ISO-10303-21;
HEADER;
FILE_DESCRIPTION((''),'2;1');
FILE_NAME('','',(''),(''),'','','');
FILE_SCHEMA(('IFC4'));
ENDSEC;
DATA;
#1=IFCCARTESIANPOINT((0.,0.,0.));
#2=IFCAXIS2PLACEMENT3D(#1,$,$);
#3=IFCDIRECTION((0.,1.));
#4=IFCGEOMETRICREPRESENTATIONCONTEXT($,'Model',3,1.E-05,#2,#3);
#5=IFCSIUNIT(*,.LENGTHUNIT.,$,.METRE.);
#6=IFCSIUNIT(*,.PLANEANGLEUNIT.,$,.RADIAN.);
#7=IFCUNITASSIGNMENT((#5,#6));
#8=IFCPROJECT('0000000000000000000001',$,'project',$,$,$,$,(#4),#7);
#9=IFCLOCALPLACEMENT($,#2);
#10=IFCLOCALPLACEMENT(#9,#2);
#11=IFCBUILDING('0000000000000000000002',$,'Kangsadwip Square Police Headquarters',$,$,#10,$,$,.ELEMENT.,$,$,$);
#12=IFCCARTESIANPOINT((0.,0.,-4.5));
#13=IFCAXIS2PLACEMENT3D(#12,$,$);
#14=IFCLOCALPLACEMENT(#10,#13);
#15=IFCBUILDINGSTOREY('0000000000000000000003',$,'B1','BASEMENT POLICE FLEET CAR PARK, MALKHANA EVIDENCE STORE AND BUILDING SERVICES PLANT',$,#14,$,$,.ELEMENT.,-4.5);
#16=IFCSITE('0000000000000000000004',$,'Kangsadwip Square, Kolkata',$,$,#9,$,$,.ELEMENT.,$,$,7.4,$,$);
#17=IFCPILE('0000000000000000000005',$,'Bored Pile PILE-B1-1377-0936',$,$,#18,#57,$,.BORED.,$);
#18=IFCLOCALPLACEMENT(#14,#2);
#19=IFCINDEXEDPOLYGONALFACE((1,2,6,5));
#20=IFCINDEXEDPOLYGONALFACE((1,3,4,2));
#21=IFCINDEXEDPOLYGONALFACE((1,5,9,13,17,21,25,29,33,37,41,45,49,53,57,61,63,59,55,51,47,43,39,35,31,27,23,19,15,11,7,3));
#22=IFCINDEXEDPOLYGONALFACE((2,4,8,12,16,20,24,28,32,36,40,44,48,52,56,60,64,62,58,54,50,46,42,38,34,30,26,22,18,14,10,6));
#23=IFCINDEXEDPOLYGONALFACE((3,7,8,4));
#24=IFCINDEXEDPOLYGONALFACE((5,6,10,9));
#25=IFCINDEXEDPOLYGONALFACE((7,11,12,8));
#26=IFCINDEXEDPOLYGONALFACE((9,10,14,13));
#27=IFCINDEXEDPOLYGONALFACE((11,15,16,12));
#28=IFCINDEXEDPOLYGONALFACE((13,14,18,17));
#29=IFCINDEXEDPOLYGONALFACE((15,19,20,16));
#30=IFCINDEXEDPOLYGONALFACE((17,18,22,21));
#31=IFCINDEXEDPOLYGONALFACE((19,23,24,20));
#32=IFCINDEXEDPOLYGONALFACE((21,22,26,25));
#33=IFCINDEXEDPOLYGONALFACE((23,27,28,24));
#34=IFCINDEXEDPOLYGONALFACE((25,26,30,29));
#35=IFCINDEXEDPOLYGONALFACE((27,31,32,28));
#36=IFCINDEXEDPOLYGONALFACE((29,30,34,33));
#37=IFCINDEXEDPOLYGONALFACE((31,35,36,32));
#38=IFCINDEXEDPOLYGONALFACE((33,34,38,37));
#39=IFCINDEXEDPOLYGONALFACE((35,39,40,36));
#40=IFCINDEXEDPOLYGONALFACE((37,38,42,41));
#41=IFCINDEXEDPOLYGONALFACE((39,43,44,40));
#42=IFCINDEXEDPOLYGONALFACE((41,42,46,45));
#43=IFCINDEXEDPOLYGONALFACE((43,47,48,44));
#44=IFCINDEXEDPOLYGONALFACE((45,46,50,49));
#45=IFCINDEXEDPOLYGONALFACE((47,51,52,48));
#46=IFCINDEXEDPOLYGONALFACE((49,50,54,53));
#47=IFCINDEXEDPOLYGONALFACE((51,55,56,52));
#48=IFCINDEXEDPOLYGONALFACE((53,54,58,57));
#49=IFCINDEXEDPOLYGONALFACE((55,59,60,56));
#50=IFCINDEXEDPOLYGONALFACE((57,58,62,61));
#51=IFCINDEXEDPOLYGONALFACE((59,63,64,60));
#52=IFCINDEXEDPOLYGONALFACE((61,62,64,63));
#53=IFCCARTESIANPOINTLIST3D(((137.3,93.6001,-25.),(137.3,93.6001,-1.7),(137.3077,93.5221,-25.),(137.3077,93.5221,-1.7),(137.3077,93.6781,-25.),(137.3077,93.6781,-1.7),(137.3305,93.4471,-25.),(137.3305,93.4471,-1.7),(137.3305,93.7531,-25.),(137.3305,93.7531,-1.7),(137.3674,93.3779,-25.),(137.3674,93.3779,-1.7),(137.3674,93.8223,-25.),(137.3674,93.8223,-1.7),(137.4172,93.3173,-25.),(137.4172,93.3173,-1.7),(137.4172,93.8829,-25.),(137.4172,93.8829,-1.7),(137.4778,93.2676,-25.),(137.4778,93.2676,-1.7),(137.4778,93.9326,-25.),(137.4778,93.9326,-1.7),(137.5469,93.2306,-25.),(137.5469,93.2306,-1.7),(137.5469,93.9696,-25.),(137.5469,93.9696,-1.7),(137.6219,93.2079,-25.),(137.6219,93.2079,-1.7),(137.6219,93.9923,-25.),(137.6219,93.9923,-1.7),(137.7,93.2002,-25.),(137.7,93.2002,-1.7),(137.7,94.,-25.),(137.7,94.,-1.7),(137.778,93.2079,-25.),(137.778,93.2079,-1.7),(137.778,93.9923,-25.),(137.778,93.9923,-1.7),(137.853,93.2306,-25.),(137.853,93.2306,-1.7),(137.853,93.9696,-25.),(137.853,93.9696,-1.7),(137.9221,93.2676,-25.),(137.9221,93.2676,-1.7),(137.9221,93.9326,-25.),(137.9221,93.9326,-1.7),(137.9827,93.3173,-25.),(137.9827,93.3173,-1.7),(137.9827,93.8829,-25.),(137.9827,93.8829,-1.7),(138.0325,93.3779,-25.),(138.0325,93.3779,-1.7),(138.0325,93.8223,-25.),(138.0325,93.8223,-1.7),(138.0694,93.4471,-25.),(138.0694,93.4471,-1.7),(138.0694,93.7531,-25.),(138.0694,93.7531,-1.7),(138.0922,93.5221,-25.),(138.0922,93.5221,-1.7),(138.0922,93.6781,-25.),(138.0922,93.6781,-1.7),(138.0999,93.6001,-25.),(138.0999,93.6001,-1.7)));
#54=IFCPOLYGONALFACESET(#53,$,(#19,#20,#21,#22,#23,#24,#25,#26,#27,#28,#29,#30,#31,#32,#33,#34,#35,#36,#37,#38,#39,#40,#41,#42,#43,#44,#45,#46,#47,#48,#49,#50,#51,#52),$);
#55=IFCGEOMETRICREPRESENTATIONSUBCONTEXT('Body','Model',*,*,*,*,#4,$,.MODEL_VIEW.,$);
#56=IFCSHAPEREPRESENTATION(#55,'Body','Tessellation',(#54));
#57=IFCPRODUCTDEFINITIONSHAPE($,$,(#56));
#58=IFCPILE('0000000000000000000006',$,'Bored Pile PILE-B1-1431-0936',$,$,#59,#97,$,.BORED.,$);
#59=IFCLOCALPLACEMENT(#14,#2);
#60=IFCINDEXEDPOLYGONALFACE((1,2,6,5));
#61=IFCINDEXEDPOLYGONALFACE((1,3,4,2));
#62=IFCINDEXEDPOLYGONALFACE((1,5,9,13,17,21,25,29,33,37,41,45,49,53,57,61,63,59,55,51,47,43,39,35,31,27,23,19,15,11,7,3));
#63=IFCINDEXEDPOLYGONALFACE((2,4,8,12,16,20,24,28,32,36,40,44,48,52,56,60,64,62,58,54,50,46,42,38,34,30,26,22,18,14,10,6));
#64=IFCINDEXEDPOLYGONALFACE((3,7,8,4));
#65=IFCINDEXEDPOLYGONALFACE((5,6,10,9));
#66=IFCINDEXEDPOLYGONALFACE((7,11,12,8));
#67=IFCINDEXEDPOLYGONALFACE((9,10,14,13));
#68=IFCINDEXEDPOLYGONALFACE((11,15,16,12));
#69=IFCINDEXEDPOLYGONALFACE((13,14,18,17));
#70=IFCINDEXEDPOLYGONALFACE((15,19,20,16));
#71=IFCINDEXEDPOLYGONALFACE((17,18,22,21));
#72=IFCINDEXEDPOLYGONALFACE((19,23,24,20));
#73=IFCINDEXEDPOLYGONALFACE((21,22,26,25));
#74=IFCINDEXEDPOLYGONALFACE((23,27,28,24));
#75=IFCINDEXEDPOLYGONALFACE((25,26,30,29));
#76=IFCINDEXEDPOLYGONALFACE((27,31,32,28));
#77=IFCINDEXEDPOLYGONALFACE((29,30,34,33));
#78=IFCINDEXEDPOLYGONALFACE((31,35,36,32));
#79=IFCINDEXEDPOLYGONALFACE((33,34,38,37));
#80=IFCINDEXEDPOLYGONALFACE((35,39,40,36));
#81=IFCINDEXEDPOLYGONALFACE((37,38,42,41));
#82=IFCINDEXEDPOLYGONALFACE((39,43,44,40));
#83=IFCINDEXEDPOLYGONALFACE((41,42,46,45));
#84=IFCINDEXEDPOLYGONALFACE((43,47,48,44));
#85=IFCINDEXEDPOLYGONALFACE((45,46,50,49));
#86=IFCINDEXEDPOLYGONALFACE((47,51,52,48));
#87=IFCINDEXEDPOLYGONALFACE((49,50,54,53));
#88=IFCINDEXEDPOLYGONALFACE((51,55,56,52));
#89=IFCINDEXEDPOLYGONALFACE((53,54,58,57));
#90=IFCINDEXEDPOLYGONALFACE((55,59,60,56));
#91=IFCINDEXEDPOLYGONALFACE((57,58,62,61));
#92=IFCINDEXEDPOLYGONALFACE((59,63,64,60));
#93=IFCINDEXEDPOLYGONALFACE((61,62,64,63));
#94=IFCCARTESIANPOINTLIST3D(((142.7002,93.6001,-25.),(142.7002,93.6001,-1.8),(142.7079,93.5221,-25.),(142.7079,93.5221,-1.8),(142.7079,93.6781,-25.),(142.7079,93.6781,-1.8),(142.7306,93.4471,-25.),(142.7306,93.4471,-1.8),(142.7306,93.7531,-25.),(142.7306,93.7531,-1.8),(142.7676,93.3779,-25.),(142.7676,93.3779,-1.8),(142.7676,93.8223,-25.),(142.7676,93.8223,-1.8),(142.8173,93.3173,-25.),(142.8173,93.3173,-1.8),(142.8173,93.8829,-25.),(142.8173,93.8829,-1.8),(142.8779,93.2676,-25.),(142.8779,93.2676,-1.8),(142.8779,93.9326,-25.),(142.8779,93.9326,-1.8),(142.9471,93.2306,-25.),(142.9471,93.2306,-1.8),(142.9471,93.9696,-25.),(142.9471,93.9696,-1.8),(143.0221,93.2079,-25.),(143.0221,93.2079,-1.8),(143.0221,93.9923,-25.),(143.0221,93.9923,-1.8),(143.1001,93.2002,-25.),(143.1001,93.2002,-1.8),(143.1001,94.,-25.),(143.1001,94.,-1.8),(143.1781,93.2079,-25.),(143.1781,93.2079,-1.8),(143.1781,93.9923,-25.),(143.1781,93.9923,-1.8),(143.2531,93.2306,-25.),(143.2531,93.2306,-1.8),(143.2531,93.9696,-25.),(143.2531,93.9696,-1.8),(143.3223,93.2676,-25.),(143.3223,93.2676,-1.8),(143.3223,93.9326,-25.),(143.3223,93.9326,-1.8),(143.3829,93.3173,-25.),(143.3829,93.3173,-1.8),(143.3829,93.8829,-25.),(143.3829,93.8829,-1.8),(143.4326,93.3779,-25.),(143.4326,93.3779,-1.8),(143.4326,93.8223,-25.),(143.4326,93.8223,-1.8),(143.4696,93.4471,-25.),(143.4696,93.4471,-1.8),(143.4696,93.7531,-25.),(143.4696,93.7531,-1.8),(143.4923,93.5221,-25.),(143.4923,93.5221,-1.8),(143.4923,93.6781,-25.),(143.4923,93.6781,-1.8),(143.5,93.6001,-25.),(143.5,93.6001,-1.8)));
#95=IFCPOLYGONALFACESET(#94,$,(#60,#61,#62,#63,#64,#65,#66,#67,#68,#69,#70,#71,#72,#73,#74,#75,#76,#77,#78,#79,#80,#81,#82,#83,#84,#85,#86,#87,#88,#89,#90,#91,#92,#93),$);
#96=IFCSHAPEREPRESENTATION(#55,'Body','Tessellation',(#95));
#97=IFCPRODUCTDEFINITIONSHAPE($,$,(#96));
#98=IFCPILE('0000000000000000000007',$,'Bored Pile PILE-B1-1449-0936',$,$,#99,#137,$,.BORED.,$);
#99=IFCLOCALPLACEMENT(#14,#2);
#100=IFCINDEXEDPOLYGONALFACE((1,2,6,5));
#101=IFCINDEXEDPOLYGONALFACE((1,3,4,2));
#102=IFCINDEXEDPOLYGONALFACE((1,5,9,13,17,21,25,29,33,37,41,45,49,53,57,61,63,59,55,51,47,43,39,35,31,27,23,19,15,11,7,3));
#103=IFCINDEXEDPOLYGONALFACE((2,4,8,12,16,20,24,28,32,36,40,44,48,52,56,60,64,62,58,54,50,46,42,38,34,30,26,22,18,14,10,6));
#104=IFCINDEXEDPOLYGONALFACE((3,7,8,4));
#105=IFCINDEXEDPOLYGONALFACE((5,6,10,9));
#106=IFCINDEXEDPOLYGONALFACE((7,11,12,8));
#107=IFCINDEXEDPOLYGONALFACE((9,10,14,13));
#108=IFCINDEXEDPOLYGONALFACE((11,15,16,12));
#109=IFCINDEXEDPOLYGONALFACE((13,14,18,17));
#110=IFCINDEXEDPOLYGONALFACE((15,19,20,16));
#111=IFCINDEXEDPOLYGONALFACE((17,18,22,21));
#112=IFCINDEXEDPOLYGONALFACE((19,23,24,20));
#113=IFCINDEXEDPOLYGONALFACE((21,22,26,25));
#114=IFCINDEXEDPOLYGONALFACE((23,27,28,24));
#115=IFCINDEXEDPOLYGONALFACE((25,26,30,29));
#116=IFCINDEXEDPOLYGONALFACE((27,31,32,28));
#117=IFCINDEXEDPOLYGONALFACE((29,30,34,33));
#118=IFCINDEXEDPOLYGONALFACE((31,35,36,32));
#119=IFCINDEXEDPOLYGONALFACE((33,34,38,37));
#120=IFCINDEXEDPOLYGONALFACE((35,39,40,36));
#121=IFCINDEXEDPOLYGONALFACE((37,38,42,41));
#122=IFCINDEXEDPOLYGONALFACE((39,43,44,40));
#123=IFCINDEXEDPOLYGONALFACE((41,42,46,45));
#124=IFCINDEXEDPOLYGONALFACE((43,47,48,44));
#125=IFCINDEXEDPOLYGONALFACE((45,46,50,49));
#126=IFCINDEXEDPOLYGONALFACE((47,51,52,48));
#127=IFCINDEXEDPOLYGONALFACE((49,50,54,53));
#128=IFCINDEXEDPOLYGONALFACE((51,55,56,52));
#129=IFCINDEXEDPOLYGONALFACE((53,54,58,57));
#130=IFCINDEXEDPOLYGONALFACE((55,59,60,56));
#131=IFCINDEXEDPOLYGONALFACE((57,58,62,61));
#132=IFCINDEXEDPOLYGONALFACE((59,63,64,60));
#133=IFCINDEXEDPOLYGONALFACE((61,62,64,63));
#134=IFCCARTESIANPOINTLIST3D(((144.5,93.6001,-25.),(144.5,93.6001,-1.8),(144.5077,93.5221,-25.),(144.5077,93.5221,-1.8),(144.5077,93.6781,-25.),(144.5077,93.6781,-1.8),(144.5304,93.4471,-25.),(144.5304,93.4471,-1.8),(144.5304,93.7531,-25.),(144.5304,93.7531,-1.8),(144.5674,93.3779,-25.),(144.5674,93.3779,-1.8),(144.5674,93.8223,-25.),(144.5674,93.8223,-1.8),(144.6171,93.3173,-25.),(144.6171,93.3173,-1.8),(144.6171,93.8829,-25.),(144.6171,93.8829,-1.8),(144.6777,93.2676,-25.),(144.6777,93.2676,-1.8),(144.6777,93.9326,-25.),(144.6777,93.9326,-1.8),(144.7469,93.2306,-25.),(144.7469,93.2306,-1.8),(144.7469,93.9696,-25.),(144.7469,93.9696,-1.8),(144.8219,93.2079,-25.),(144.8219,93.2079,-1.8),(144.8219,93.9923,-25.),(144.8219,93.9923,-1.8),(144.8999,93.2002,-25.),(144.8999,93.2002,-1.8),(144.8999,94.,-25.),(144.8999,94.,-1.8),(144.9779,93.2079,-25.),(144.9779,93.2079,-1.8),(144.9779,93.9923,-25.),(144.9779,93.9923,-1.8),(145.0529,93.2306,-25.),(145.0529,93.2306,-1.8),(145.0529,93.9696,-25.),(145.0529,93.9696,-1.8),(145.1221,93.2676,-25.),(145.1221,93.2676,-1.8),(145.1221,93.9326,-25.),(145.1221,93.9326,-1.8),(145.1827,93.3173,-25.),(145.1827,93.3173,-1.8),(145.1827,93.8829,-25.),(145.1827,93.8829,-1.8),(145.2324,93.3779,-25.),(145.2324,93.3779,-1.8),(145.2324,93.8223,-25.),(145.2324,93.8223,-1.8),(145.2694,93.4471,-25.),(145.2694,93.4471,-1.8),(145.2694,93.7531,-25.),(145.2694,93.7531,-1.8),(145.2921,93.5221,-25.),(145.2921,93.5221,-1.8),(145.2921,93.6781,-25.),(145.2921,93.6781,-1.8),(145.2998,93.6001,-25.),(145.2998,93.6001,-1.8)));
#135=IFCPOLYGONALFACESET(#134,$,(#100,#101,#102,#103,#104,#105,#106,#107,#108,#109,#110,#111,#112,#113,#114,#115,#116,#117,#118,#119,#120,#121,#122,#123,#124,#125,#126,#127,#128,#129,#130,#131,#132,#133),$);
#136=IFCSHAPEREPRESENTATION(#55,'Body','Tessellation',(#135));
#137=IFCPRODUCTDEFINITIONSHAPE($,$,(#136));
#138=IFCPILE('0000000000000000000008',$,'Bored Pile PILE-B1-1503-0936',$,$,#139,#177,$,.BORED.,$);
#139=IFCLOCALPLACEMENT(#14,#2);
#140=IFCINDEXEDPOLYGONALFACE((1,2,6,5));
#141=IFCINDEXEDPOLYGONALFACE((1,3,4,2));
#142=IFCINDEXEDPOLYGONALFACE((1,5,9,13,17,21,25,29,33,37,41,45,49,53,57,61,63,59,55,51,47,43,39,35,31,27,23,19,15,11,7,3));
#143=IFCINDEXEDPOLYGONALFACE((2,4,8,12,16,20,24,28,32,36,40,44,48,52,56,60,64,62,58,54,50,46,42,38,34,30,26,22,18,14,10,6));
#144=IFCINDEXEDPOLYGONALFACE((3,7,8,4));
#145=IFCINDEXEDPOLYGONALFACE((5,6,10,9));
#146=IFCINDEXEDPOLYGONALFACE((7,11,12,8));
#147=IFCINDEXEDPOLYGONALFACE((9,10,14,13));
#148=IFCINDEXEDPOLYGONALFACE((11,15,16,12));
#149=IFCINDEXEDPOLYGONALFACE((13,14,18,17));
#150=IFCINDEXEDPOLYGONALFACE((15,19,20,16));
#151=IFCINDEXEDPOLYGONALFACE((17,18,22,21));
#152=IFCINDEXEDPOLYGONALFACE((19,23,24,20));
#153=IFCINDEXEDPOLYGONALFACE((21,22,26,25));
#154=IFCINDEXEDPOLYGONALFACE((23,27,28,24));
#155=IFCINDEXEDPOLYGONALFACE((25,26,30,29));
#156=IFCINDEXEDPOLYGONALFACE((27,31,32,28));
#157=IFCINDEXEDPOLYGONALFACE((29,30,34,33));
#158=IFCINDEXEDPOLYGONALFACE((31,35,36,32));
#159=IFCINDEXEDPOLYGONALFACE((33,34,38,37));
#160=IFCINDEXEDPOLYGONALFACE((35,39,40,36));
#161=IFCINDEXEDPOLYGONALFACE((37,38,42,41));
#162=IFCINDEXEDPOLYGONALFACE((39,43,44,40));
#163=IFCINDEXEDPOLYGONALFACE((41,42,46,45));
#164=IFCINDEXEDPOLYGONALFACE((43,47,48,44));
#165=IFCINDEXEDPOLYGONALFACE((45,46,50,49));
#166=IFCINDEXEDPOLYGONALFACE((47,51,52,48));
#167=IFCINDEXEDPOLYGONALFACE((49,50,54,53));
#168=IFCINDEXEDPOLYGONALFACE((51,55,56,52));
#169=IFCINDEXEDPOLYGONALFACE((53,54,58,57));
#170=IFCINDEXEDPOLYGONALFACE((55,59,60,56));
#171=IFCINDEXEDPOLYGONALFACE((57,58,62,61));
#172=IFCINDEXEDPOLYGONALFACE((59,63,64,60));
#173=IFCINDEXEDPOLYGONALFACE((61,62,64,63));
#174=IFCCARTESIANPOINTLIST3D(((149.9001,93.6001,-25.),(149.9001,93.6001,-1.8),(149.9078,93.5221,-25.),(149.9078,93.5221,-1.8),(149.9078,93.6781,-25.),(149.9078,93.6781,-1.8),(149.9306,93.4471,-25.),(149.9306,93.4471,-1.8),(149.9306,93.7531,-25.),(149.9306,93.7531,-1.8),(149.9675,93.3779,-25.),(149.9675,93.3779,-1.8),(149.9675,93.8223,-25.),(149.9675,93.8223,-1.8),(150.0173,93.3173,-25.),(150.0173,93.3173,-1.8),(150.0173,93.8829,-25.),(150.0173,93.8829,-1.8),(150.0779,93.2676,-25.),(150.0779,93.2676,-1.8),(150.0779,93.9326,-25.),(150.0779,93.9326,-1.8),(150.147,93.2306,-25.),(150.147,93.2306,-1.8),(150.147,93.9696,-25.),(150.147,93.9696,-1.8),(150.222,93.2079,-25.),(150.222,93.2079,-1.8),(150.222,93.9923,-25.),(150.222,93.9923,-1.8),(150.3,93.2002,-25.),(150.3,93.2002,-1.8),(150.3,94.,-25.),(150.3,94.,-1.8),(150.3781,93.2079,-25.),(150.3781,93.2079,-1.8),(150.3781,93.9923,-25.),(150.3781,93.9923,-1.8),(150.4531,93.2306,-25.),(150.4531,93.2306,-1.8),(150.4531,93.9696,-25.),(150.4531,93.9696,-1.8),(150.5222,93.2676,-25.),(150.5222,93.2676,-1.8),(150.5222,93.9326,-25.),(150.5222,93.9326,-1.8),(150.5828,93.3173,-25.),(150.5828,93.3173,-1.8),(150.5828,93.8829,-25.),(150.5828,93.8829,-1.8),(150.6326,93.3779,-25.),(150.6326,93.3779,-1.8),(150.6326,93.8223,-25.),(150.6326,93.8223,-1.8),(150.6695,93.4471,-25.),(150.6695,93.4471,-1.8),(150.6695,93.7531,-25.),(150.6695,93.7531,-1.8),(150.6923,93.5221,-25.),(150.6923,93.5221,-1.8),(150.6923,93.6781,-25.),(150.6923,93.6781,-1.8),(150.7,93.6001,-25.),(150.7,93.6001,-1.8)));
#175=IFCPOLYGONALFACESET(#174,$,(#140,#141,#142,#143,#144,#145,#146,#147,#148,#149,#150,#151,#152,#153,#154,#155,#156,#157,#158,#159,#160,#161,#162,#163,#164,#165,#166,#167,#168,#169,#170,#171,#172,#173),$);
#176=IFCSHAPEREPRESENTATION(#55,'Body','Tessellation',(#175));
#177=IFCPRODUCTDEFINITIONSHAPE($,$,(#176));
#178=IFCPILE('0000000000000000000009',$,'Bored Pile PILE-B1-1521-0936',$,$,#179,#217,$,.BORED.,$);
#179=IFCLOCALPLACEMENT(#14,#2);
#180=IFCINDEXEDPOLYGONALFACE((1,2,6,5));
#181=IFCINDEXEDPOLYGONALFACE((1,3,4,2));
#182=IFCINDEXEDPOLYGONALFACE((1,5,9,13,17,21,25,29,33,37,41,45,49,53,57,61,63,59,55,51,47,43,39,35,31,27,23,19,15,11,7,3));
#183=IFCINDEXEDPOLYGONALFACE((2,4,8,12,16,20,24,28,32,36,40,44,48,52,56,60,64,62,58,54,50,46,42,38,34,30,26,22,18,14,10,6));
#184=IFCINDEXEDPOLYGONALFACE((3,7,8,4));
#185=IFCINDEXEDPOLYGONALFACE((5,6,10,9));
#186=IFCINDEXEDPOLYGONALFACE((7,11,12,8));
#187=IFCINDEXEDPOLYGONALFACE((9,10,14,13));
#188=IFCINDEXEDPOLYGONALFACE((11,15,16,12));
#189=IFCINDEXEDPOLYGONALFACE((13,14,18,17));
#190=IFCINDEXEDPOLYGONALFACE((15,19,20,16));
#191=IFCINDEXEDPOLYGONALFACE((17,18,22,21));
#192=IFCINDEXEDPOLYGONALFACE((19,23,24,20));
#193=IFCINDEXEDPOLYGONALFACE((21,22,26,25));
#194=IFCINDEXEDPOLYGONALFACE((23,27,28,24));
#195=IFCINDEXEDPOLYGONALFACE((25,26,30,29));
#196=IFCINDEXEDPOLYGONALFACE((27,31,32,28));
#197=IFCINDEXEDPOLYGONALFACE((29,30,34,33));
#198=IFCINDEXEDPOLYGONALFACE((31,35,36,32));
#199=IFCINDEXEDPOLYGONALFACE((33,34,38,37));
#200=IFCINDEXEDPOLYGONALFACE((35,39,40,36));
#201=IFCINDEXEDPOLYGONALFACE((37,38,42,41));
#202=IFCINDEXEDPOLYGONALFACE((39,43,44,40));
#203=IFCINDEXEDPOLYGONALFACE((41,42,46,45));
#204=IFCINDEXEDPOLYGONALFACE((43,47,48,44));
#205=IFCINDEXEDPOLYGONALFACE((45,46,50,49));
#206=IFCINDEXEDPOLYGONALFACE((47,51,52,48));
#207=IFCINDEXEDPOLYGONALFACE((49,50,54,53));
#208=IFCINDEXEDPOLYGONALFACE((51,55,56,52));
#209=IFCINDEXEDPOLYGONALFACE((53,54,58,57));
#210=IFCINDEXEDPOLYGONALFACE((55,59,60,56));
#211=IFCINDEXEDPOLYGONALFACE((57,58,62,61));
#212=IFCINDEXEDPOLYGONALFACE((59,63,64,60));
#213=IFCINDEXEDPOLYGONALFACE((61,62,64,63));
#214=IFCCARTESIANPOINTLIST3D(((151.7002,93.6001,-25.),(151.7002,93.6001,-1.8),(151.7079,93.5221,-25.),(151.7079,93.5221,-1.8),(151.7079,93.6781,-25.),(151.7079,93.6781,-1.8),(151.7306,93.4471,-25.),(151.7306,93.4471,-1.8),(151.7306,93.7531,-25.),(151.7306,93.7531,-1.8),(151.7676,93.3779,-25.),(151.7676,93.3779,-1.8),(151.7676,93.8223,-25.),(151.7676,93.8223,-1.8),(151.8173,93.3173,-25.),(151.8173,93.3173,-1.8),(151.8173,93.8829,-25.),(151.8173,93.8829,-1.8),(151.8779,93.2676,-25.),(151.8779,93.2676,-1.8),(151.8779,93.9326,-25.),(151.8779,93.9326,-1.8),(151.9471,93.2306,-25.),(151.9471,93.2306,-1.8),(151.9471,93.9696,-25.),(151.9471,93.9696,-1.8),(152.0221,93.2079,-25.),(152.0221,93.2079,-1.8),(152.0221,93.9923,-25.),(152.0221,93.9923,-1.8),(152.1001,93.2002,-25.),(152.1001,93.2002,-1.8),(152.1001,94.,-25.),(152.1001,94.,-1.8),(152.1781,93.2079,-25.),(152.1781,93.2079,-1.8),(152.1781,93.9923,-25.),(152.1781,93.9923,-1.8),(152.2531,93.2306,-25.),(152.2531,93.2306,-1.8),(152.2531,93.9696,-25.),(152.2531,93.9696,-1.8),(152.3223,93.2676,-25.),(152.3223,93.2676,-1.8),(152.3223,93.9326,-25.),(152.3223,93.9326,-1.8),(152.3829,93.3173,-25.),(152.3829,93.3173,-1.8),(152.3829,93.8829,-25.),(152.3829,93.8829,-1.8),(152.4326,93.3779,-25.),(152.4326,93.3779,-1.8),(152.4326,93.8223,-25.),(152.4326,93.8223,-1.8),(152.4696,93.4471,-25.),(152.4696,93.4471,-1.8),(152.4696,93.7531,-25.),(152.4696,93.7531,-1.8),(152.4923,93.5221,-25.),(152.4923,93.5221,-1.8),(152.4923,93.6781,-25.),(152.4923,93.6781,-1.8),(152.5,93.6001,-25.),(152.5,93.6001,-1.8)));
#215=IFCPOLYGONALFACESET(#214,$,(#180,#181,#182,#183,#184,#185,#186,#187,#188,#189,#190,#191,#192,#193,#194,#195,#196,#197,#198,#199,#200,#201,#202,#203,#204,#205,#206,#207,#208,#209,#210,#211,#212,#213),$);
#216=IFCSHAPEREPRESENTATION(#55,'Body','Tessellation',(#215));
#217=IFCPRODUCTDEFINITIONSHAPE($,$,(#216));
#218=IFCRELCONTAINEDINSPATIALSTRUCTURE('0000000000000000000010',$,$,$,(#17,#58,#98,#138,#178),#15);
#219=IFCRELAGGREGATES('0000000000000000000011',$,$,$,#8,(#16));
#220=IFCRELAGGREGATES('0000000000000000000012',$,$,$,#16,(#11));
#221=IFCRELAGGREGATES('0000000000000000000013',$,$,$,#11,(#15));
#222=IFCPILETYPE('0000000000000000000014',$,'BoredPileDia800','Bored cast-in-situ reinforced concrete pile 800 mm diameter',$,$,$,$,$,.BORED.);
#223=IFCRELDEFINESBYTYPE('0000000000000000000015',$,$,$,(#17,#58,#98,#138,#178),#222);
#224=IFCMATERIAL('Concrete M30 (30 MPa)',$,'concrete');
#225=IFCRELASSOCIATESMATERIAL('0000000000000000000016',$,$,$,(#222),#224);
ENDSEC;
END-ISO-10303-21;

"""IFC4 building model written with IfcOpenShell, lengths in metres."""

from ifc_helpers import new_model, si_unit, direction, frame, origin, origin_2d, place, context, subcontext, project, spatial, circle, extrude, material, material_profile, profile_set, type_object, element, save


model = new_model("IFC4")

# Units and contexts
model_context = context("Model", 3, precision=1e-05, world=origin(), true_north=direction((0.0, 1.0)))
body_context = subcontext(model_context, "Body", "Model", "MODEL_VIEW")
ifc_project = project(units=[si_unit("LENGTHUNIT", "METRE"), si_unit("PLANEANGLEUNIT", "RADIAN")], contexts=[model_context])

# Site, building, storey
site_placement = place(None, origin())
site = spatial("IfcSite", under=ifc_project, at=site_placement, Name="Kangsadwip Square, Kolkata", CompositionType="ELEMENT", RefElevation=7.4)
building_placement = place(site_placement, origin())
building = spatial("IfcBuilding", under=site, at=building_placement, Name="Kangsadwip Square Police Headquarters", CompositionType="ELEMENT")
storey_placement = place(building_placement, frame((0.0, 0.0, -4.5)))
storey = spatial("IfcBuildingStorey", under=building, at=storey_placement, Name="B1", Description="BASEMENT POLICE FLEET CAR PARK, MALKHANA EVIDENCE STORE AND BUILDING SERVICES PLANT", CompositionType="ELEMENT", Elevation=-4.5)

# Piles
ifc_material_1 = material(Name="Concrete M30 (30 MPa)", Category="concrete")
ifc_material_profile_1 = material_profile(ifc_material_1, circle(Radius=0.3999, at=origin_2d()), Name="PILE DIA 800")
ifc_profile_set_1 = profile_set([ifc_material_profile_1], Name="Concrete M30 (30 MPa)")
pile_type = type_object("IfcPileType", Name="BoredPileDia800", Description="Bored cast-in-situ reinforced concrete pile 800 mm diameter", PredefinedType="BORED", material=ifc_profile_set_1)
pile_placement = place(storey_placement, frame((137.7, 93.6001, -1.7), z_axis=(0.0, 0.0, -1.0), x_axis=(1.0, 0.0, 0.0)))
element("IfcPile", 1, at=pile_placement, inside=storey, type_object=pile_type, Name="Bored Pile PILE-B1-1377-0936", PredefinedType="BORED", context=body_context, shape_type="SweptSolid", body=[
    extrude(circle(Radius=0.3999, at=origin_2d()), origin(), (0.0, 0.0, 1.0), 23.3),
])
for number, where, z_axis, x_axis, name in (
    (2, (143.1001, 93.6001, -1.8), (0.0, 0.0, -1.0), (1.0, 0.0, 0.0), "Bored Pile PILE-B1-1431-0936"),
    (3, (144.8999, 93.6001, -1.8), (0.0, 0.0, -1.0), (1.0, 0.0, 0.0), "Bored Pile PILE-B1-1449-0936"),
    (4, (150.3, 93.6001, -1.8), (0.0, 0.0, -1.0), (1.0, 0.0, 0.0), "Bored Pile PILE-B1-1503-0936"),
    (5, (152.1001, 93.6001, -1.8), (0.0, 0.0, -1.0), (1.0, 0.0, 0.0), "Bored Pile PILE-B1-1521-0936"),
):
    element("IfcPile", number, at=place(storey_placement, frame(where, z_axis=z_axis, x_axis=x_axis)), inside=storey, type_object=pile_type, Name=name, PredefinedType="BORED", context=body_context, shape_type="SweptSolid", body=[
        extrude(circle(Radius=0.3999, at=origin_2d()), origin(), (0.0, 0.0, 1.0), 23.2),
    ])

save(model, "model.ifc")
